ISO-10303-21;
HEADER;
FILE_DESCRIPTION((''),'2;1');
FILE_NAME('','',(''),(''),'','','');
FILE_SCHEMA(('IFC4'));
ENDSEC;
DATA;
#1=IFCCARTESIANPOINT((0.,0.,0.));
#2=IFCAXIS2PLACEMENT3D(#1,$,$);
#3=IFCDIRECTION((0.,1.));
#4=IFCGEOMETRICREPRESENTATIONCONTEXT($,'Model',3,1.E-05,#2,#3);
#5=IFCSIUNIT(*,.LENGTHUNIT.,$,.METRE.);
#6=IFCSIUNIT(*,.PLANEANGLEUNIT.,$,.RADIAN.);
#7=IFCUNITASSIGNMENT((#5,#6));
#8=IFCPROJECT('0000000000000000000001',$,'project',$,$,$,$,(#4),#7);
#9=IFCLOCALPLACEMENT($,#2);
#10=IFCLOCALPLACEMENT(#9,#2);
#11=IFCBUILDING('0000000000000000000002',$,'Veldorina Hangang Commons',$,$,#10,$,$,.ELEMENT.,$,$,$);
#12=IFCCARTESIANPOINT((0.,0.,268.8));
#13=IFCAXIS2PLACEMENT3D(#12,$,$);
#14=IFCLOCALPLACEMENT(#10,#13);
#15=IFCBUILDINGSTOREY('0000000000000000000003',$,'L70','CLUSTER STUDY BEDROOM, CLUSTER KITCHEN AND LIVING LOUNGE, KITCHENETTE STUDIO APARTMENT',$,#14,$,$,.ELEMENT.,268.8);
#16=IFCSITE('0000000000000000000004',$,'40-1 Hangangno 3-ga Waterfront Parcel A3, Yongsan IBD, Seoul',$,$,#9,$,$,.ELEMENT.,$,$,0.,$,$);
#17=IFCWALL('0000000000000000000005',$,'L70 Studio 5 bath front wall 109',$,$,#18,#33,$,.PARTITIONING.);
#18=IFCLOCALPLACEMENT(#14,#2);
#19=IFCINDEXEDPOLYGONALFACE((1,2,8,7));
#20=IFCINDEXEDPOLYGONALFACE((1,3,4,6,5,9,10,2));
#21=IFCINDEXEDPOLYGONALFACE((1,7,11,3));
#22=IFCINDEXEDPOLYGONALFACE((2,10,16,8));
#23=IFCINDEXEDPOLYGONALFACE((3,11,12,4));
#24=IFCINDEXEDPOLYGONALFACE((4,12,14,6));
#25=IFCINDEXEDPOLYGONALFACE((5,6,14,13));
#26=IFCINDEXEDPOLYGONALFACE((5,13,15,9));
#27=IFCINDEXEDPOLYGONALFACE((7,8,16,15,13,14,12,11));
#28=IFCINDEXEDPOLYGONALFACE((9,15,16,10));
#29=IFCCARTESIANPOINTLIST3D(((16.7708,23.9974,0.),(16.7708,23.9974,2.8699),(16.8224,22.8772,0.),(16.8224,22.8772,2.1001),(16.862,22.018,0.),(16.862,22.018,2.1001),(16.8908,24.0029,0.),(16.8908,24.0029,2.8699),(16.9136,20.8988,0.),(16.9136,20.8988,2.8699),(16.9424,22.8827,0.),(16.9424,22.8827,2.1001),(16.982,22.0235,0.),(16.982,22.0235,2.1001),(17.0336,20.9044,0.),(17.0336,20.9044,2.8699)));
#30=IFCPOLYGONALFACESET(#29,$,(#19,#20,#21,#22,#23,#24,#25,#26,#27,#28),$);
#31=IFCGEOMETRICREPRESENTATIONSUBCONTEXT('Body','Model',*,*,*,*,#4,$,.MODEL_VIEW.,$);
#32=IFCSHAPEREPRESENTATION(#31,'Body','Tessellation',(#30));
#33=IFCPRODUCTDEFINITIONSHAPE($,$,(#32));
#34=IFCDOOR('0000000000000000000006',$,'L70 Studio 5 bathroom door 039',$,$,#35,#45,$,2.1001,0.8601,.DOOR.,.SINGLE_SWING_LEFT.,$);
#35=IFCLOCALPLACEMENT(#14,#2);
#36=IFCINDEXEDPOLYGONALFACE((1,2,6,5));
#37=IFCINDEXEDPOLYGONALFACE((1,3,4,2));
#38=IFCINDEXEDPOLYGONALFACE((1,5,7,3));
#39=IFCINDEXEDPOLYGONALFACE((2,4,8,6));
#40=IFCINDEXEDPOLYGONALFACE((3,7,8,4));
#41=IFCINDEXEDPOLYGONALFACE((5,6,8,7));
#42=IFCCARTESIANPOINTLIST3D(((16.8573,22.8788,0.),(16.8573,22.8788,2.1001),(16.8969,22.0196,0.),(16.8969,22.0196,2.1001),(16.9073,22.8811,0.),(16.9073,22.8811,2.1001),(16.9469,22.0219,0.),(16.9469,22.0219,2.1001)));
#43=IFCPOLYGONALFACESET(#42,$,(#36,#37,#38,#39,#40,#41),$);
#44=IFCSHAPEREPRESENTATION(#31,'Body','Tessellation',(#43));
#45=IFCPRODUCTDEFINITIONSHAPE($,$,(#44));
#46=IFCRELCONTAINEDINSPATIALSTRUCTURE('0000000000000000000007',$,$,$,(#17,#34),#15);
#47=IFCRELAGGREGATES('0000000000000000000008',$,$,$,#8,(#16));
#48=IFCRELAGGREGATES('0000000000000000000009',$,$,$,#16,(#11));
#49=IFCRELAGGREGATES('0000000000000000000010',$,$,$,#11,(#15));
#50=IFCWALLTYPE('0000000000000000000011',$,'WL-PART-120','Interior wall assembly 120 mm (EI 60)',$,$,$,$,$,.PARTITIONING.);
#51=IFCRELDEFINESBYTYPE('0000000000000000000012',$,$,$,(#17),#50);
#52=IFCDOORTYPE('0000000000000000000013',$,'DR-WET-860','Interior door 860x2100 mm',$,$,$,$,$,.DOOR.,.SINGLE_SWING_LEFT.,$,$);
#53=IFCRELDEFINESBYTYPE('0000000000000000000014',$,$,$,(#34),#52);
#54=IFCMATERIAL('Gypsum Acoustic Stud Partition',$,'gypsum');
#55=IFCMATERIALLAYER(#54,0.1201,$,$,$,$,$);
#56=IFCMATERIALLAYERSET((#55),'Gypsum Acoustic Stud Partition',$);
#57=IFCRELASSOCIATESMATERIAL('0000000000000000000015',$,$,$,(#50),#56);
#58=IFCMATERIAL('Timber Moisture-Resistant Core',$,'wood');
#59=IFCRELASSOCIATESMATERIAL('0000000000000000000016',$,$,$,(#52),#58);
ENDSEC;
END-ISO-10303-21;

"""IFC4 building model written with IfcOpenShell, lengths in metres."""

from ifc_helpers import new_model, si_unit, direction, frame, frame_2d, origin, place, context, subcontext, project, spatial, rectangle, extrude, material, layer, layer_set, type_object, element, fill, save


model = new_model("IFC4")

# Units and contexts
model_context = context("Model", 3, precision=1e-05, world=origin(), true_north=direction((0.0, 1.0)))
body_context = subcontext(model_context, "Body", "Model", "MODEL_VIEW")
ifc_project = project(units=[si_unit("LENGTHUNIT", "METRE"), si_unit("PLANEANGLEUNIT", "RADIAN")], contexts=[model_context])

# Site, building, storey
site_placement = place(None, origin())
site = spatial("IfcSite", under=ifc_project, at=site_placement, Name="40-1 Hangangno 3-ga Waterfront Parcel A3, Yongsan IBD, Seoul", CompositionType="ELEMENT", RefElevation=0.0)
building_placement = place(site_placement, origin())
building = spatial("IfcBuilding", under=site, at=building_placement, Name="Veldorina Hangang Commons", CompositionType="ELEMENT")
storey_placement = place(building_placement, frame((0.0, 0.0, 268.8)))
storey = spatial("IfcBuildingStorey", under=building, at=storey_placement, Name="L70", Description="CLUSTER STUDY BEDROOM, CLUSTER KITCHEN AND LIVING LOUNGE, KITCHENETTE STUDIO APARTMENT", CompositionType="ELEMENT", Elevation=268.8)

# Shared definitions
ifc_material_1 = material(Name="Gypsum Acoustic Stud Partition", Category="gypsum")
ifc_layer_1 = layer(ifc_material_1, 0.1201)
ifc_layer_set_1 = layer_set([ifc_layer_1], Name="Gypsum Acoustic Stud Partition")
wall_type_1 = type_object("IfcWallType", Name="WL-PART-120", Description="Interior wall assembly 120 mm (EI 60)", PredefinedType="PARTITIONING", material=ifc_layer_set_1)

# Wall, opening, door
wall_1_placement = place(storey_placement, frame((16.8308, 24.0, 0.0), z_axis=(0.0, 0.0, 1.0), x_axis=(0.046043, -0.998939, 0.0)))
wall_1 = element("IfcWall", 1, at=wall_1_placement, inside=storey, type_object=wall_type_1, Name="L70 Studio 5 bath front wall 109", PredefinedType="PARTITIONING", context=body_context, shape_type="SweptSolid", body=[
    extrude(rectangle(XDim=3.1018, YDim=0.1201, at=frame_2d((1.5508, 0.0))), origin(), (0.0, 0.0, 1.0), 2.8699),
])
opening_1_placement = place(wall_1_placement, frame((1.1211, 0.0, 0.0)))
opening_1 = element("IfcOpeningElement", 2, at=opening_1_placement, cuts=wall_1, PredefinedType="OPENING", context=body_context, shape_type="SweptSolid", body=[
    extrude(rectangle(XDim=0.8601, YDim=2.1001, at=frame_2d((0.4302, 1.05))), frame((0.0, 0.0701, 0.0), z_axis=(0.0, -1.0, 0.0), x_axis=(1.0, 0.0, 0.0)), (0.0, 0.0, 1.0), 0.1401),
])
ifc_material_2 = material(Name="Timber Moisture-Resistant Core", Category="wood")
door_type_1 = type_object("IfcDoorType", Name="DR-WET-860", Description="Interior door 860x2100 mm", OperationType="SINGLE_SWING_LEFT", PredefinedType="DOOR", material=ifc_material_2)
door_1_placement = place(opening_1_placement, origin())
door_1 = element("IfcDoor", 3, at=door_1_placement, inside=storey, type_object=door_type_1, Name="L70 Studio 5 bathroom door 039", OperationType="SINGLE_SWING_LEFT", OverallHeight=2.1001, OverallWidth=0.8601, PredefinedType="DOOR", context=body_context, shape_type="SweptSolid", body=[
    extrude(rectangle(XDim=0.8601, YDim=2.1001, at=frame_2d((0.4302, 1.05))), frame((0.0, 0.0249, 0.0), z_axis=(0.0, -1.0, 0.0), x_axis=(1.0, 0.0, 0.0)), (0.0, 0.0, 1.0), 0.05),
])
fill(opening_1, door_1)

save(model, "model.ifc")
